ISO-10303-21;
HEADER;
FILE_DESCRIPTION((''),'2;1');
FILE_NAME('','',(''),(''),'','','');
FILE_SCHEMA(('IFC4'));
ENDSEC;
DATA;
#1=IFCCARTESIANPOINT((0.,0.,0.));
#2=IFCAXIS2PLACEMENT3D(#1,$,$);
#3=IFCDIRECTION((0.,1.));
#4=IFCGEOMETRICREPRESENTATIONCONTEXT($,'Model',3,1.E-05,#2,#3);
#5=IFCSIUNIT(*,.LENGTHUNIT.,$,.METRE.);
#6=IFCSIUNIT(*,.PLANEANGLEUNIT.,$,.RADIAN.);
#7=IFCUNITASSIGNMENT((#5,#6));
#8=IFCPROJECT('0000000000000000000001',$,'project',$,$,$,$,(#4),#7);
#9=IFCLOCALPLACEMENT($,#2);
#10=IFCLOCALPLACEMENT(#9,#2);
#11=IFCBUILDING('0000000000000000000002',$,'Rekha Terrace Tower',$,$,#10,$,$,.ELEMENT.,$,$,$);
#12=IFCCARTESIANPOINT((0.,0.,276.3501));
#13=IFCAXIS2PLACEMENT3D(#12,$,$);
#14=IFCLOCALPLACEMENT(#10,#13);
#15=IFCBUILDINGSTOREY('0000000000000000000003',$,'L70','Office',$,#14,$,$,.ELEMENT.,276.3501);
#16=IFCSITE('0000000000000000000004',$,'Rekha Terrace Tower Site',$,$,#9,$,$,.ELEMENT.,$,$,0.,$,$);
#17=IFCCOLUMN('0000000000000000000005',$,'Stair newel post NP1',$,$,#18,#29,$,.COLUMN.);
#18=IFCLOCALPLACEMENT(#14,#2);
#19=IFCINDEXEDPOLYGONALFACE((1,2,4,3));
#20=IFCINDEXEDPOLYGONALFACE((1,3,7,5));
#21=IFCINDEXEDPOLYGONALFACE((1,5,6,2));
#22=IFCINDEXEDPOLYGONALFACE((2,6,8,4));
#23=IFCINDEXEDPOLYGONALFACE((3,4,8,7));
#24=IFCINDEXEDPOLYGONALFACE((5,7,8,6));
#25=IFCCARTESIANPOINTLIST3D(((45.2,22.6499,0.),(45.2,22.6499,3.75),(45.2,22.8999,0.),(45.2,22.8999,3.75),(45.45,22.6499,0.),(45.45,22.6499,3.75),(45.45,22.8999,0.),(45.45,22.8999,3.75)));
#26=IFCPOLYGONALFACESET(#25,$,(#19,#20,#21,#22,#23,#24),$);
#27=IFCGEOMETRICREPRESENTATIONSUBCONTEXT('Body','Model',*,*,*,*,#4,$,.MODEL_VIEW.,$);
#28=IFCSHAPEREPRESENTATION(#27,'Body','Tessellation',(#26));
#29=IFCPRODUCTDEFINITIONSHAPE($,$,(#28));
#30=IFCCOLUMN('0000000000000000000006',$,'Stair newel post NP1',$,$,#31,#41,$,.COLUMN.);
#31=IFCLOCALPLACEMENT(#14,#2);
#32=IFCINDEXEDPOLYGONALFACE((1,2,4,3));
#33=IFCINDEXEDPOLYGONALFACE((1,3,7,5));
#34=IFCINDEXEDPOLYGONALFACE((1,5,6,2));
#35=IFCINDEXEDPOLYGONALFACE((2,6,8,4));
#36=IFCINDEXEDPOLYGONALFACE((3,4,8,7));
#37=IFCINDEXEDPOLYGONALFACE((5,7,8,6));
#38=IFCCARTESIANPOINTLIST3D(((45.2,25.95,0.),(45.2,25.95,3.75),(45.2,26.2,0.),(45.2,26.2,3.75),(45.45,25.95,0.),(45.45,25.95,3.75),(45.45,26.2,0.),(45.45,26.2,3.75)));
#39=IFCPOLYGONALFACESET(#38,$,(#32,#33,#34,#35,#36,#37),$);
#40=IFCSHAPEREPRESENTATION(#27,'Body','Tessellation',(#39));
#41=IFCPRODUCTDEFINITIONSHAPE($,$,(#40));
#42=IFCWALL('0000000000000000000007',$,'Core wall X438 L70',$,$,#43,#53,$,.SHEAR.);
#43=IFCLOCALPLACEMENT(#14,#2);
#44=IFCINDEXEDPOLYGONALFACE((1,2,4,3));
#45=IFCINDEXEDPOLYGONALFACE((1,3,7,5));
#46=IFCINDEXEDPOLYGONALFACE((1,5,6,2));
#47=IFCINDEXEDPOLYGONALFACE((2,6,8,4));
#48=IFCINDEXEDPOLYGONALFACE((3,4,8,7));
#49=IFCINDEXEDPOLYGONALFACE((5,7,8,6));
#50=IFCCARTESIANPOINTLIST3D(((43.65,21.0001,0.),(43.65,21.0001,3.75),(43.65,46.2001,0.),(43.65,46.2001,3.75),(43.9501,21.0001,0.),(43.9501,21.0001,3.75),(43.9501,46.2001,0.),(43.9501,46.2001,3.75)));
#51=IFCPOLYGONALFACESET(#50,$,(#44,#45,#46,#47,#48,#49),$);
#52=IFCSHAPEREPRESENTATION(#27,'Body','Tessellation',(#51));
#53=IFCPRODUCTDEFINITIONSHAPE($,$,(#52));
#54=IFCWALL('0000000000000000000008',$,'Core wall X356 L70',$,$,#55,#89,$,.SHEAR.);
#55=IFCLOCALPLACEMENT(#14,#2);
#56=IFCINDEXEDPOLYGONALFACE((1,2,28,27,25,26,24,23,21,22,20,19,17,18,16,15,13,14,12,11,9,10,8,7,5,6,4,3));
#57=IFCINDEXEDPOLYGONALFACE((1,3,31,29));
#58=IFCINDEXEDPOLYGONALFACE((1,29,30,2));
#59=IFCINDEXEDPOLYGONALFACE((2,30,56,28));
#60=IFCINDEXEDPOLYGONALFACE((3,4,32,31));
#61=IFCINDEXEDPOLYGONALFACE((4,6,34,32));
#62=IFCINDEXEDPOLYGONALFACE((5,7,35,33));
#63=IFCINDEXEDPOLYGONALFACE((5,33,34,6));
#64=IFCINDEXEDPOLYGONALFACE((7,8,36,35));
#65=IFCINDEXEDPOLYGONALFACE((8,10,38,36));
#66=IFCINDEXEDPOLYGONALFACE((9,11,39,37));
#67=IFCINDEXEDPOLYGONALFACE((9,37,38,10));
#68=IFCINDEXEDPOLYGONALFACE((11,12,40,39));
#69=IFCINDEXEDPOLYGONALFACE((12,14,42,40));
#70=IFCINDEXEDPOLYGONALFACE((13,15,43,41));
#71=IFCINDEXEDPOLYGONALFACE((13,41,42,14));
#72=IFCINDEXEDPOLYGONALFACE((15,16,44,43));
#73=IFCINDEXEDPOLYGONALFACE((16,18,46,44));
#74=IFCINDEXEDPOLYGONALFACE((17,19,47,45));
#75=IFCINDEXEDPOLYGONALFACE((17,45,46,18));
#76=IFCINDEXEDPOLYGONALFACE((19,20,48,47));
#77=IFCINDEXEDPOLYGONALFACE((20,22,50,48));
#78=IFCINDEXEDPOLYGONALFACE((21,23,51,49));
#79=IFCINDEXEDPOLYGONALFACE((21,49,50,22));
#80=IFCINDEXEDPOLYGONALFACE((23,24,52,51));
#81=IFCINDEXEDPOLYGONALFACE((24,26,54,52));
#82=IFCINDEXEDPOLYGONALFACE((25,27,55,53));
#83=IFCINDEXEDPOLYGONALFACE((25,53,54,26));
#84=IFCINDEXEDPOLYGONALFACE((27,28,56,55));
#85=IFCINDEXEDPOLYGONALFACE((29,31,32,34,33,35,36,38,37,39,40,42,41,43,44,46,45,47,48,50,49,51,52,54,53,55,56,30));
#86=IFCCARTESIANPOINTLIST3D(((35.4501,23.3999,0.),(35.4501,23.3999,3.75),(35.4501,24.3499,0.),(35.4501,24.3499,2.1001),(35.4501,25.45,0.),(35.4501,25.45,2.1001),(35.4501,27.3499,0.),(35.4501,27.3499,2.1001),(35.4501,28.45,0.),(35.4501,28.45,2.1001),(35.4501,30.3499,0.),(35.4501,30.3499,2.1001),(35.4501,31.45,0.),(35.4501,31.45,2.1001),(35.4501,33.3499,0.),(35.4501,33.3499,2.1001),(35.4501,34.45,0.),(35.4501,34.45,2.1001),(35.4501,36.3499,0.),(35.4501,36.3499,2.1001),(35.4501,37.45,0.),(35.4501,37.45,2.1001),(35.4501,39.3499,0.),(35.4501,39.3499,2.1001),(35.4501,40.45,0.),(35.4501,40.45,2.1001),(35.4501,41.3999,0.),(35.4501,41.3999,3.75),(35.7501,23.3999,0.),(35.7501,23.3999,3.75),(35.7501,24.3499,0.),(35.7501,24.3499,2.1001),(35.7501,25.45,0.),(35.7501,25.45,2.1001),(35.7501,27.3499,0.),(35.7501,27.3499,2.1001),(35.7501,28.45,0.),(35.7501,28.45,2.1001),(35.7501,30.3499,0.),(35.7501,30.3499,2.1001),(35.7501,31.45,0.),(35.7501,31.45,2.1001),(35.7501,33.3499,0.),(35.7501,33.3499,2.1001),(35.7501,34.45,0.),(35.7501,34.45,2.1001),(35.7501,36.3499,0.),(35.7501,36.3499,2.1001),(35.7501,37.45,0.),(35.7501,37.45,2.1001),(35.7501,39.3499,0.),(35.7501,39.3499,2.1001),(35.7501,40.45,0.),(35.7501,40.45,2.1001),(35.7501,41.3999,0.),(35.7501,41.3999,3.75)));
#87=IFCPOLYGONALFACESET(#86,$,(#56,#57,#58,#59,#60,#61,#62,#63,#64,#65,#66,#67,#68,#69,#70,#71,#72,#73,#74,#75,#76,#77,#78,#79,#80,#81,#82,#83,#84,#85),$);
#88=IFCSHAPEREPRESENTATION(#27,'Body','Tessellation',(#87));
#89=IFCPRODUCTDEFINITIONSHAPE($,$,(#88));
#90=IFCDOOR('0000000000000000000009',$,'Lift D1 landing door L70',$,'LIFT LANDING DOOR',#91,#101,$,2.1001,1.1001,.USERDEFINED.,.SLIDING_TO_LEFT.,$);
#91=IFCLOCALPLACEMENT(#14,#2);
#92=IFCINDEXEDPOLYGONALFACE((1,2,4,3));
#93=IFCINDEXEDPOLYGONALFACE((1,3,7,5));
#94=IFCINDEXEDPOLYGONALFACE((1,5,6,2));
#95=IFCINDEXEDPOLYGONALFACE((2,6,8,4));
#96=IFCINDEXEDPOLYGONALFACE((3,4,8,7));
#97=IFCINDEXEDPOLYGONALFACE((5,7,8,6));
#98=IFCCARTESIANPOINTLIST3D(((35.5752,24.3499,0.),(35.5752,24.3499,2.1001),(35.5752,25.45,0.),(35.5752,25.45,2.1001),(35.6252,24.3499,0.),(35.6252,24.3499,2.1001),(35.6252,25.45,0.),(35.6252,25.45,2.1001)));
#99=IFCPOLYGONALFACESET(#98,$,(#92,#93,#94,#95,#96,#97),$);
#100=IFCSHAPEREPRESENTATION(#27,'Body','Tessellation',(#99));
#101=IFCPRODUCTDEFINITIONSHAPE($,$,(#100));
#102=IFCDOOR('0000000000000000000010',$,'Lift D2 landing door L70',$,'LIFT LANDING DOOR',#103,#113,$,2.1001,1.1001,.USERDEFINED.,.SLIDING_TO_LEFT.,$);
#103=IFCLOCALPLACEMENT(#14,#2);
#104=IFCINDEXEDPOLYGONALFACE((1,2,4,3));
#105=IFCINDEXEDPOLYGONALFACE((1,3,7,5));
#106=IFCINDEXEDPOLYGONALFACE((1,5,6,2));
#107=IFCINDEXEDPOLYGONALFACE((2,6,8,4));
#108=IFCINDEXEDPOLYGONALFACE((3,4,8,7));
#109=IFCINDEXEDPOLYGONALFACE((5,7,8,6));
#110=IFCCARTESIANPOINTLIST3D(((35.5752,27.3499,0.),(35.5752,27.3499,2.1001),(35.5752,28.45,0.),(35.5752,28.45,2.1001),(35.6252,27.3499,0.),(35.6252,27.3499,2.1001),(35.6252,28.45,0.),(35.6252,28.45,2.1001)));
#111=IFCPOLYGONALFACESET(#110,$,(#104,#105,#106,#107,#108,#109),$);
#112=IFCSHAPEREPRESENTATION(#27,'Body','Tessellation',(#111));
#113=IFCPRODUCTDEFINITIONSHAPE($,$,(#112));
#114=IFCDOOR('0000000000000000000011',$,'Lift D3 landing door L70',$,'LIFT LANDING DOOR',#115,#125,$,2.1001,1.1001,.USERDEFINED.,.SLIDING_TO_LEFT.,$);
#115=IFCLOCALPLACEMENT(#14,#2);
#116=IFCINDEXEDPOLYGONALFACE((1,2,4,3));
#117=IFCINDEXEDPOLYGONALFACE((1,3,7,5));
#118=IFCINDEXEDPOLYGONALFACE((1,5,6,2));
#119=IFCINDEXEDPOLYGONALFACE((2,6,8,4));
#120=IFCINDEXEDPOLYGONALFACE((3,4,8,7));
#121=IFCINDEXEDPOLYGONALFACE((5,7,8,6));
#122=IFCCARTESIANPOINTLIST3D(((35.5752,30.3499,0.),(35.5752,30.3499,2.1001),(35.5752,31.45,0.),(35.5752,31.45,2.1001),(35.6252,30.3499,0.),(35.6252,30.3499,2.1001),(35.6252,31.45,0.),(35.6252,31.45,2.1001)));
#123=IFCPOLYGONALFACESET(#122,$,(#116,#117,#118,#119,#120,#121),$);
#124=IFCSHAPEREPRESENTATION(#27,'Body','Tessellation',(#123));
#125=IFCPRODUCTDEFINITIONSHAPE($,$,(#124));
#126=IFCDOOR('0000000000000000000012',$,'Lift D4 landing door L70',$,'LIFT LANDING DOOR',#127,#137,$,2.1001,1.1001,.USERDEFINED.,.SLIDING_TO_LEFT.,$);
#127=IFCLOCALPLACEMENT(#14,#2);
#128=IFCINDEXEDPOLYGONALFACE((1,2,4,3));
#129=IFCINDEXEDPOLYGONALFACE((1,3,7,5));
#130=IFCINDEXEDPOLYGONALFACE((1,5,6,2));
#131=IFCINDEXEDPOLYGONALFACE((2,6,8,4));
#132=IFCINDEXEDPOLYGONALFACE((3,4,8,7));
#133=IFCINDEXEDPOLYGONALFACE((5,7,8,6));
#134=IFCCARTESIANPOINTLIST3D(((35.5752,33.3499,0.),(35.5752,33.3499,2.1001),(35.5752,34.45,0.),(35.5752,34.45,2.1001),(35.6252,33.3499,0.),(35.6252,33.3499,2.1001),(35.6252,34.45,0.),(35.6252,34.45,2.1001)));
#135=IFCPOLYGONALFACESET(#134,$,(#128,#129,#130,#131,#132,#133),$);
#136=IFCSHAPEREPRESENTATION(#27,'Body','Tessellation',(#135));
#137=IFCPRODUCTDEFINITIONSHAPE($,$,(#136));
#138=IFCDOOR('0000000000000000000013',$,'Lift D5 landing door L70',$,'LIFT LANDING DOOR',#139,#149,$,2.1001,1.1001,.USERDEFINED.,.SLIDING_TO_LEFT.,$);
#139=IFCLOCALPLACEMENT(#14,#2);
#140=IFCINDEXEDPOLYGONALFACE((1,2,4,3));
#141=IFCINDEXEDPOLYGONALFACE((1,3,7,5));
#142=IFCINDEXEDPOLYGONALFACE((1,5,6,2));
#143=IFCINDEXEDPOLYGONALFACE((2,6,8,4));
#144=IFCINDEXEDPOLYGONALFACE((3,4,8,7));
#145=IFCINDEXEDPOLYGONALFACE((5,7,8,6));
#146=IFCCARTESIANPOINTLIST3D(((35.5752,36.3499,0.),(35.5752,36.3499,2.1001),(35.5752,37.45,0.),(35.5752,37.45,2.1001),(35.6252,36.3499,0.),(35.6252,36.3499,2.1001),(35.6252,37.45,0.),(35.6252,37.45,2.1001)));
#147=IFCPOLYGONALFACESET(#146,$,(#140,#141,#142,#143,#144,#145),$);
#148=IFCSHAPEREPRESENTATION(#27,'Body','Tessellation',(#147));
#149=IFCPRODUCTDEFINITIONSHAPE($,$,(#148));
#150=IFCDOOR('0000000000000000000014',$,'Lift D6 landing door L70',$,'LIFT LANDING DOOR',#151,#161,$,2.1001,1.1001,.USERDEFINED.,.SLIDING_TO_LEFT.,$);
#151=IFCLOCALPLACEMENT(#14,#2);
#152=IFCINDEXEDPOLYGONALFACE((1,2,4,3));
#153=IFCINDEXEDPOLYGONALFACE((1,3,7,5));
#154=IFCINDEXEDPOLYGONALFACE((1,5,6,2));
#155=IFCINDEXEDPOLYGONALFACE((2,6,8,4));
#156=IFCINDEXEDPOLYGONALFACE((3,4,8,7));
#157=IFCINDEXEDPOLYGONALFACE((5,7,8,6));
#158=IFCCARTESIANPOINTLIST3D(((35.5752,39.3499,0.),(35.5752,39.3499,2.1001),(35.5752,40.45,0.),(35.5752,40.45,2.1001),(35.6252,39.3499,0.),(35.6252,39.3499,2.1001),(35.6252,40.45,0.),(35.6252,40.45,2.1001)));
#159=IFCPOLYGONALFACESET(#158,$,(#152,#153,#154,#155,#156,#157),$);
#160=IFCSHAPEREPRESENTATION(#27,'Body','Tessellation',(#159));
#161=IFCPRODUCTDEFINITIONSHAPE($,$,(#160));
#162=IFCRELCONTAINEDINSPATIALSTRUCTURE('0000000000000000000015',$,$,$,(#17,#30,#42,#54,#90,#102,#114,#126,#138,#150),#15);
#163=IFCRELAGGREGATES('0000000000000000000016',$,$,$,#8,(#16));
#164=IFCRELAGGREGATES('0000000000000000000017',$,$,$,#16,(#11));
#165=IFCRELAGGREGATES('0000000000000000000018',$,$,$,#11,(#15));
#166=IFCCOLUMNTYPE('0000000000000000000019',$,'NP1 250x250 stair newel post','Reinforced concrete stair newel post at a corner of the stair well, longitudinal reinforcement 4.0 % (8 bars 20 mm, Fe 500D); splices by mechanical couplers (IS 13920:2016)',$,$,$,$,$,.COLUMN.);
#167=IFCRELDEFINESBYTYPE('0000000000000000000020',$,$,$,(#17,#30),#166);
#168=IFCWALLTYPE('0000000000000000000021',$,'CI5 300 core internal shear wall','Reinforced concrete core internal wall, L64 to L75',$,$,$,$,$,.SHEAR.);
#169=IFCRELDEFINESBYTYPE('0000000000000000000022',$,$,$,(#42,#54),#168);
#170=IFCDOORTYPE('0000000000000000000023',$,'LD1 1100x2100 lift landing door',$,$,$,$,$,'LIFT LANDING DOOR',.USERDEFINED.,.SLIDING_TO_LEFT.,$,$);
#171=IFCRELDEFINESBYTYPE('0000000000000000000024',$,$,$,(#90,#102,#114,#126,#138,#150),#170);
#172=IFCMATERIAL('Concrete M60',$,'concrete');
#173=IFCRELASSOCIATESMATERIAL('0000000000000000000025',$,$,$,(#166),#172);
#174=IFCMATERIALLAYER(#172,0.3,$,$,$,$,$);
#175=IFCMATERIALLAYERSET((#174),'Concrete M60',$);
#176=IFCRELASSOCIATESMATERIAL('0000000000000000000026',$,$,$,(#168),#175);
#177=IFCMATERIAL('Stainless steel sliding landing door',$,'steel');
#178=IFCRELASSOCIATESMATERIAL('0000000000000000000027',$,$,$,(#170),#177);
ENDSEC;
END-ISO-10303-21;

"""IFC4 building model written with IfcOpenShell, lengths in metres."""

from ifc_helpers import new_model, si_unit, direction, frame, frame_2d, origin, origin_2d, place, context, subcontext, project, spatial, rectangle, extrude, material, layer, layer_set, material_profile, profile_set, type_object, element, fill, save


model = new_model("IFC4")

# Units and contexts
model_context = context("Model", 3, precision=1e-05, world=origin(), true_north=direction((0.0, 1.0)))
body_context = subcontext(model_context, "Body", "Model", "MODEL_VIEW")
ifc_project = project(units=[si_unit("LENGTHUNIT", "METRE"), si_unit("PLANEANGLEUNIT", "RADIAN")], contexts=[model_context])

# Site, building, storey
site_placement = place(None, origin())
site = spatial("IfcSite", under=ifc_project, at=site_placement, Name="Rekha Terrace Tower Site", CompositionType="ELEMENT", RefElevation=0.0)
building_placement = place(site_placement, origin())
building = spatial("IfcBuilding", under=site, at=building_placement, Name="Rekha Terrace Tower", CompositionType="ELEMENT")
storey_placement = place(building_placement, frame((0.0, 0.0, 276.3501)))
storey = spatial("IfcBuildingStorey", under=building, at=storey_placement, Name="L70", Description="Office", CompositionType="ELEMENT", Elevation=276.3501)

# Columns
ifc_material_1 = material(Name="Concrete M60", Category="concrete")
ifc_material_profile = material_profile(ifc_material_1, rectangle(XDim=0.25, YDim=0.25, at=origin_2d()), Name="RC 250x250")
ifc_profile_set = profile_set([ifc_material_profile], Name="Concrete M60")
column_type = type_object("IfcColumnType", Name="NP1 250x250 stair newel post", Description="Reinforced concrete stair newel post at a corner of the stair well, longitudinal reinforcement 4.0 % (8 bars 20 mm, Fe 500D); splices by mechanical couplers (IS 13920:2016)", PredefinedType="COLUMN", material=ifc_profile_set)
for number, where, z_axis, x_axis, name in (
    (1, (45.325, 22.7749, 0.0), (0.0, 0.0, 1.0), (1.0, 0.0, 0.0), "Stair newel post NP1"),
    (2, (45.325, 26.075, 0.0), (0.0, 0.0, 1.0), (1.0, 0.0, 0.0), "Stair newel post NP1"),
):
    element("IfcColumn", number, at=place(storey_placement, frame(where, z_axis=z_axis, x_axis=x_axis)), inside=storey, type_object=column_type, Name=name, PredefinedType="COLUMN", context=body_context, shape_type="SweptSolid", body=[
        extrude(rectangle(XDim=0.25, YDim=0.25, at=origin_2d()), origin(), (0.0, 0.0, 1.0), 3.75),
    ])

# Wall
ifc_layer_1 = layer(ifc_material_1, 0.3)
ifc_layer_set_1 = layer_set([ifc_layer_1], Name="Concrete M60")
wall_type_1 = type_object("IfcWallType", Name="CI5 300 core internal shear wall", Description="Reinforced concrete core internal wall, L64 to L75", PredefinedType="SHEAR", material=ifc_layer_set_1)
wall_1_placement = place(storey_placement, frame((43.8, 21.0, 0.0), z_axis=(0.0, 0.0, 1.0), x_axis=(0.0, 1.0, 0.0)))
element("IfcWall", 3, at=wall_1_placement, inside=storey, type_object=wall_type_1, Name="Core wall X438 L70", PredefinedType="SHEAR", context=body_context, shape_type="SweptSolid", body=[
    extrude(rectangle(XDim=25.2, YDim=0.3, at=frame_2d((12.6001, 0.0))), origin(), (0.0, 0.0, 1.0), 3.75),
])

# Wall, openings, doors
wall_2_placement = place(storey_placement, frame((35.6001, 23.3999, 0.0), z_axis=(0.0, 0.0, 1.0), x_axis=(0.0, 1.0, 0.0)))
wall_2 = element("IfcWall", 4, at=wall_2_placement, inside=storey, type_object=wall_type_1, Name="Core wall X356 L70", PredefinedType="SHEAR", context=body_context, shape_type="SweptSolid", body=[
    extrude(rectangle(XDim=18.0, YDim=0.3, at=frame_2d((9.0, 0.0))), origin(), (0.0, 0.0, 1.0), 3.75),
])
opening_1_placement = place(wall_2_placement, frame((0.95, 0.0, 0.0)))
opening_1 = element("IfcOpeningElement", 5, at=opening_1_placement, cuts=wall_2, PredefinedType="OPENING", context=body_context, shape_type="SweptSolid", body=[
    extrude(rectangle(XDim=1.1001, YDim=2.1001, at=frame_2d((0.55, 1.05))), frame((0.0, 0.1599, 0.0), z_axis=(0.0, -1.0, 0.0), x_axis=(1.0, 0.0, 0.0)), (0.0, 0.0, 1.0), 0.3201),
])
opening_2_placement = place(wall_2_placement, frame((3.95, 0.0, 0.0)))
opening_2 = element("IfcOpeningElement", 6, at=opening_2_placement, cuts=wall_2, PredefinedType="OPENING", context=body_context, shape_type="SweptSolid", body=[
    extrude(rectangle(XDim=1.1001, YDim=2.1001, at=frame_2d((0.55, 1.05))), frame((0.0, 0.1599, 0.0), z_axis=(0.0, -1.0, 0.0), x_axis=(1.0, 0.0, 0.0)), (0.0, 0.0, 1.0), 0.3201),
])
opening_3_placement = place(wall_2_placement, frame((6.95, 0.0, 0.0)))
opening_3 = element("IfcOpeningElement", 7, at=opening_3_placement, cuts=wall_2, PredefinedType="OPENING", context=body_context, shape_type="SweptSolid", body=[
    extrude(rectangle(XDim=1.1001, YDim=2.1001, at=frame_2d((0.55, 1.05))), frame((0.0, 0.1599, 0.0), z_axis=(0.0, -1.0, 0.0), x_axis=(1.0, 0.0, 0.0)), (0.0, 0.0, 1.0), 0.3201),
])
opening_4_placement = place(wall_2_placement, frame((9.95, 0.0, 0.0)))
opening_4 = element("IfcOpeningElement", 8, at=opening_4_placement, cuts=wall_2, PredefinedType="OPENING", context=body_context, shape_type="SweptSolid", body=[
    extrude(rectangle(XDim=1.1001, YDim=2.1001, at=frame_2d((0.55, 1.05))), frame((0.0, 0.1599, 0.0), z_axis=(0.0, -1.0, 0.0), x_axis=(1.0, 0.0, 0.0)), (0.0, 0.0, 1.0), 0.3201),
])
opening_5_placement = place(wall_2_placement, frame((12.95, 0.0, 0.0)))
opening_5 = element("IfcOpeningElement", 9, at=opening_5_placement, cuts=wall_2, PredefinedType="OPENING", context=body_context, shape_type="SweptSolid", body=[
    extrude(rectangle(XDim=1.1001, YDim=2.1001, at=frame_2d((0.55, 1.05))), frame((0.0, 0.1599, 0.0), z_axis=(0.0, -1.0, 0.0), x_axis=(1.0, 0.0, 0.0)), (0.0, 0.0, 1.0), 0.3201),
])
opening_6_placement = place(wall_2_placement, frame((15.95, 0.0, 0.0)))
opening_6 = element("IfcOpeningElement", 10, at=opening_6_placement, cuts=wall_2, PredefinedType="OPENING", context=body_context, shape_type="SweptSolid", body=[
    extrude(rectangle(XDim=1.1001, YDim=2.1001, at=frame_2d((0.55, 1.05))), frame((0.0, 0.1599, 0.0), z_axis=(0.0, -1.0, 0.0), x_axis=(1.0, 0.0, 0.0)), (0.0, 0.0, 1.0), 0.3201),
])
ifc_material_2 = material(Name="Stainless steel sliding landing door", Category="steel")
door_type_1 = type_object("IfcDoorType", Name="LD1 1100x2100 lift landing door", ElementType="LIFT LANDING DOOR", OperationType="SLIDING_TO_LEFT", PredefinedType="USERDEFINED", material=ifc_material_2)
door_1_placement = place(opening_1_placement, origin())
door_1 = element("IfcDoor", 11, at=door_1_placement, inside=storey, type_object=door_type_1, Name="Lift D1 landing door L70", ObjectType="LIFT LANDING DOOR", OperationType="SLIDING_TO_LEFT", OverallHeight=2.1001, OverallWidth=1.1001, PredefinedType="USERDEFINED", context=body_context, shape_type="SweptSolid", body=[
    extrude(rectangle(XDim=1.1001, YDim=2.1001, at=frame_2d((0.55, 1.05))), frame((0.0, 0.0249, 0.0), z_axis=(0.0, -1.0, 0.0), x_axis=(1.0, 0.0, 0.0)), (0.0, 0.0, 1.0), 0.05),
])
fill(opening_1, door_1)
door_2_placement = place(opening_2_placement, origin())
door_2 = element("IfcDoor", 12, at=door_2_placement, inside=storey, type_object=door_type_1, Name="Lift D2 landing door L70", ObjectType="LIFT LANDING DOOR", OperationType="SLIDING_TO_LEFT", OverallHeight=2.1001, OverallWidth=1.1001, PredefinedType="USERDEFINED", context=body_context, shape_type="SweptSolid", body=[
    extrude(rectangle(XDim=1.1001, YDim=2.1001, at=frame_2d((0.55, 1.05))), frame((0.0, 0.0249, 0.0), z_axis=(0.0, -1.0, 0.0), x_axis=(1.0, 0.0, 0.0)), (0.0, 0.0, 1.0), 0.05),
])
fill(opening_2, door_2)
door_3_placement = place(opening_3_placement, origin())
door_3 = element("IfcDoor", 13, at=door_3_placement, inside=storey, type_object=door_type_1, Name="Lift D3 landing door L70", ObjectType="LIFT LANDING DOOR", OperationType="SLIDING_TO_LEFT", OverallHeight=2.1001, OverallWidth=1.1001, PredefinedType="USERDEFINED", context=body_context, shape_type="SweptSolid", body=[
    extrude(rectangle(XDim=1.1001, YDim=2.1001, at=frame_2d((0.55, 1.05))), frame((0.0, 0.0249, 0.0), z_axis=(0.0, -1.0, 0.0), x_axis=(1.0, 0.0, 0.0)), (0.0, 0.0, 1.0), 0.05),
])
fill(opening_3, door_3)
door_4_placement = place(opening_4_placement, origin())
door_4 = element("IfcDoor", 14, at=door_4_placement, inside=storey, type_object=door_type_1, Name="Lift D4 landing door L70", ObjectType="LIFT LANDING DOOR", OperationType="SLIDING_TO_LEFT", OverallHeight=2.1001, OverallWidth=1.1001, PredefinedType="USERDEFINED", context=body_context, shape_type="SweptSolid", body=[
    extrude(rectangle(XDim=1.1001, YDim=2.1001, at=frame_2d((0.55, 1.05))), frame((0.0, 0.0249, 0.0), z_axis=(0.0, -1.0, 0.0), x_axis=(1.0, 0.0, 0.0)), (0.0, 0.0, 1.0), 0.05),
])
fill(opening_4, door_4)
door_5_placement = place(opening_5_placement, origin())
door_5 = element("IfcDoor", 15, at=door_5_placement, inside=storey, type_object=door_type_1, Name="Lift D5 landing door L70", ObjectType="LIFT LANDING DOOR", OperationType="SLIDING_TO_LEFT", OverallHeight=2.1001, OverallWidth=1.1001, PredefinedType="USERDEFINED", context=body_context, shape_type="SweptSolid", body=[
    extrude(rectangle(XDim=1.1001, YDim=2.1001, at=frame_2d((0.55, 1.05))), frame((0.0, 0.0249, 0.0), z_axis=(0.0, -1.0, 0.0), x_axis=(1.0, 0.0, 0.0)), (0.0, 0.0, 1.0), 0.05),
])
fill(opening_5, door_5)
door_6_placement = place(opening_6_placement, origin())
door_6 = element("IfcDoor", 16, at=door_6_placement, inside=storey, type_object=door_type_1, Name="Lift D6 landing door L70", ObjectType="LIFT LANDING DOOR", OperationType="SLIDING_TO_LEFT", OverallHeight=2.1001, OverallWidth=1.1001, PredefinedType="USERDEFINED", context=body_context, shape_type="SweptSolid", body=[
    extrude(rectangle(XDim=1.1001, YDim=2.1001, at=frame_2d((0.55, 1.05))), frame((0.0, 0.0249, 0.0), z_axis=(0.0, -1.0, 0.0), x_axis=(1.0, 0.0, 0.0)), (0.0, 0.0, 1.0), 0.05),
])
fill(opening_6, door_6)

save(model, "model.ifc")
